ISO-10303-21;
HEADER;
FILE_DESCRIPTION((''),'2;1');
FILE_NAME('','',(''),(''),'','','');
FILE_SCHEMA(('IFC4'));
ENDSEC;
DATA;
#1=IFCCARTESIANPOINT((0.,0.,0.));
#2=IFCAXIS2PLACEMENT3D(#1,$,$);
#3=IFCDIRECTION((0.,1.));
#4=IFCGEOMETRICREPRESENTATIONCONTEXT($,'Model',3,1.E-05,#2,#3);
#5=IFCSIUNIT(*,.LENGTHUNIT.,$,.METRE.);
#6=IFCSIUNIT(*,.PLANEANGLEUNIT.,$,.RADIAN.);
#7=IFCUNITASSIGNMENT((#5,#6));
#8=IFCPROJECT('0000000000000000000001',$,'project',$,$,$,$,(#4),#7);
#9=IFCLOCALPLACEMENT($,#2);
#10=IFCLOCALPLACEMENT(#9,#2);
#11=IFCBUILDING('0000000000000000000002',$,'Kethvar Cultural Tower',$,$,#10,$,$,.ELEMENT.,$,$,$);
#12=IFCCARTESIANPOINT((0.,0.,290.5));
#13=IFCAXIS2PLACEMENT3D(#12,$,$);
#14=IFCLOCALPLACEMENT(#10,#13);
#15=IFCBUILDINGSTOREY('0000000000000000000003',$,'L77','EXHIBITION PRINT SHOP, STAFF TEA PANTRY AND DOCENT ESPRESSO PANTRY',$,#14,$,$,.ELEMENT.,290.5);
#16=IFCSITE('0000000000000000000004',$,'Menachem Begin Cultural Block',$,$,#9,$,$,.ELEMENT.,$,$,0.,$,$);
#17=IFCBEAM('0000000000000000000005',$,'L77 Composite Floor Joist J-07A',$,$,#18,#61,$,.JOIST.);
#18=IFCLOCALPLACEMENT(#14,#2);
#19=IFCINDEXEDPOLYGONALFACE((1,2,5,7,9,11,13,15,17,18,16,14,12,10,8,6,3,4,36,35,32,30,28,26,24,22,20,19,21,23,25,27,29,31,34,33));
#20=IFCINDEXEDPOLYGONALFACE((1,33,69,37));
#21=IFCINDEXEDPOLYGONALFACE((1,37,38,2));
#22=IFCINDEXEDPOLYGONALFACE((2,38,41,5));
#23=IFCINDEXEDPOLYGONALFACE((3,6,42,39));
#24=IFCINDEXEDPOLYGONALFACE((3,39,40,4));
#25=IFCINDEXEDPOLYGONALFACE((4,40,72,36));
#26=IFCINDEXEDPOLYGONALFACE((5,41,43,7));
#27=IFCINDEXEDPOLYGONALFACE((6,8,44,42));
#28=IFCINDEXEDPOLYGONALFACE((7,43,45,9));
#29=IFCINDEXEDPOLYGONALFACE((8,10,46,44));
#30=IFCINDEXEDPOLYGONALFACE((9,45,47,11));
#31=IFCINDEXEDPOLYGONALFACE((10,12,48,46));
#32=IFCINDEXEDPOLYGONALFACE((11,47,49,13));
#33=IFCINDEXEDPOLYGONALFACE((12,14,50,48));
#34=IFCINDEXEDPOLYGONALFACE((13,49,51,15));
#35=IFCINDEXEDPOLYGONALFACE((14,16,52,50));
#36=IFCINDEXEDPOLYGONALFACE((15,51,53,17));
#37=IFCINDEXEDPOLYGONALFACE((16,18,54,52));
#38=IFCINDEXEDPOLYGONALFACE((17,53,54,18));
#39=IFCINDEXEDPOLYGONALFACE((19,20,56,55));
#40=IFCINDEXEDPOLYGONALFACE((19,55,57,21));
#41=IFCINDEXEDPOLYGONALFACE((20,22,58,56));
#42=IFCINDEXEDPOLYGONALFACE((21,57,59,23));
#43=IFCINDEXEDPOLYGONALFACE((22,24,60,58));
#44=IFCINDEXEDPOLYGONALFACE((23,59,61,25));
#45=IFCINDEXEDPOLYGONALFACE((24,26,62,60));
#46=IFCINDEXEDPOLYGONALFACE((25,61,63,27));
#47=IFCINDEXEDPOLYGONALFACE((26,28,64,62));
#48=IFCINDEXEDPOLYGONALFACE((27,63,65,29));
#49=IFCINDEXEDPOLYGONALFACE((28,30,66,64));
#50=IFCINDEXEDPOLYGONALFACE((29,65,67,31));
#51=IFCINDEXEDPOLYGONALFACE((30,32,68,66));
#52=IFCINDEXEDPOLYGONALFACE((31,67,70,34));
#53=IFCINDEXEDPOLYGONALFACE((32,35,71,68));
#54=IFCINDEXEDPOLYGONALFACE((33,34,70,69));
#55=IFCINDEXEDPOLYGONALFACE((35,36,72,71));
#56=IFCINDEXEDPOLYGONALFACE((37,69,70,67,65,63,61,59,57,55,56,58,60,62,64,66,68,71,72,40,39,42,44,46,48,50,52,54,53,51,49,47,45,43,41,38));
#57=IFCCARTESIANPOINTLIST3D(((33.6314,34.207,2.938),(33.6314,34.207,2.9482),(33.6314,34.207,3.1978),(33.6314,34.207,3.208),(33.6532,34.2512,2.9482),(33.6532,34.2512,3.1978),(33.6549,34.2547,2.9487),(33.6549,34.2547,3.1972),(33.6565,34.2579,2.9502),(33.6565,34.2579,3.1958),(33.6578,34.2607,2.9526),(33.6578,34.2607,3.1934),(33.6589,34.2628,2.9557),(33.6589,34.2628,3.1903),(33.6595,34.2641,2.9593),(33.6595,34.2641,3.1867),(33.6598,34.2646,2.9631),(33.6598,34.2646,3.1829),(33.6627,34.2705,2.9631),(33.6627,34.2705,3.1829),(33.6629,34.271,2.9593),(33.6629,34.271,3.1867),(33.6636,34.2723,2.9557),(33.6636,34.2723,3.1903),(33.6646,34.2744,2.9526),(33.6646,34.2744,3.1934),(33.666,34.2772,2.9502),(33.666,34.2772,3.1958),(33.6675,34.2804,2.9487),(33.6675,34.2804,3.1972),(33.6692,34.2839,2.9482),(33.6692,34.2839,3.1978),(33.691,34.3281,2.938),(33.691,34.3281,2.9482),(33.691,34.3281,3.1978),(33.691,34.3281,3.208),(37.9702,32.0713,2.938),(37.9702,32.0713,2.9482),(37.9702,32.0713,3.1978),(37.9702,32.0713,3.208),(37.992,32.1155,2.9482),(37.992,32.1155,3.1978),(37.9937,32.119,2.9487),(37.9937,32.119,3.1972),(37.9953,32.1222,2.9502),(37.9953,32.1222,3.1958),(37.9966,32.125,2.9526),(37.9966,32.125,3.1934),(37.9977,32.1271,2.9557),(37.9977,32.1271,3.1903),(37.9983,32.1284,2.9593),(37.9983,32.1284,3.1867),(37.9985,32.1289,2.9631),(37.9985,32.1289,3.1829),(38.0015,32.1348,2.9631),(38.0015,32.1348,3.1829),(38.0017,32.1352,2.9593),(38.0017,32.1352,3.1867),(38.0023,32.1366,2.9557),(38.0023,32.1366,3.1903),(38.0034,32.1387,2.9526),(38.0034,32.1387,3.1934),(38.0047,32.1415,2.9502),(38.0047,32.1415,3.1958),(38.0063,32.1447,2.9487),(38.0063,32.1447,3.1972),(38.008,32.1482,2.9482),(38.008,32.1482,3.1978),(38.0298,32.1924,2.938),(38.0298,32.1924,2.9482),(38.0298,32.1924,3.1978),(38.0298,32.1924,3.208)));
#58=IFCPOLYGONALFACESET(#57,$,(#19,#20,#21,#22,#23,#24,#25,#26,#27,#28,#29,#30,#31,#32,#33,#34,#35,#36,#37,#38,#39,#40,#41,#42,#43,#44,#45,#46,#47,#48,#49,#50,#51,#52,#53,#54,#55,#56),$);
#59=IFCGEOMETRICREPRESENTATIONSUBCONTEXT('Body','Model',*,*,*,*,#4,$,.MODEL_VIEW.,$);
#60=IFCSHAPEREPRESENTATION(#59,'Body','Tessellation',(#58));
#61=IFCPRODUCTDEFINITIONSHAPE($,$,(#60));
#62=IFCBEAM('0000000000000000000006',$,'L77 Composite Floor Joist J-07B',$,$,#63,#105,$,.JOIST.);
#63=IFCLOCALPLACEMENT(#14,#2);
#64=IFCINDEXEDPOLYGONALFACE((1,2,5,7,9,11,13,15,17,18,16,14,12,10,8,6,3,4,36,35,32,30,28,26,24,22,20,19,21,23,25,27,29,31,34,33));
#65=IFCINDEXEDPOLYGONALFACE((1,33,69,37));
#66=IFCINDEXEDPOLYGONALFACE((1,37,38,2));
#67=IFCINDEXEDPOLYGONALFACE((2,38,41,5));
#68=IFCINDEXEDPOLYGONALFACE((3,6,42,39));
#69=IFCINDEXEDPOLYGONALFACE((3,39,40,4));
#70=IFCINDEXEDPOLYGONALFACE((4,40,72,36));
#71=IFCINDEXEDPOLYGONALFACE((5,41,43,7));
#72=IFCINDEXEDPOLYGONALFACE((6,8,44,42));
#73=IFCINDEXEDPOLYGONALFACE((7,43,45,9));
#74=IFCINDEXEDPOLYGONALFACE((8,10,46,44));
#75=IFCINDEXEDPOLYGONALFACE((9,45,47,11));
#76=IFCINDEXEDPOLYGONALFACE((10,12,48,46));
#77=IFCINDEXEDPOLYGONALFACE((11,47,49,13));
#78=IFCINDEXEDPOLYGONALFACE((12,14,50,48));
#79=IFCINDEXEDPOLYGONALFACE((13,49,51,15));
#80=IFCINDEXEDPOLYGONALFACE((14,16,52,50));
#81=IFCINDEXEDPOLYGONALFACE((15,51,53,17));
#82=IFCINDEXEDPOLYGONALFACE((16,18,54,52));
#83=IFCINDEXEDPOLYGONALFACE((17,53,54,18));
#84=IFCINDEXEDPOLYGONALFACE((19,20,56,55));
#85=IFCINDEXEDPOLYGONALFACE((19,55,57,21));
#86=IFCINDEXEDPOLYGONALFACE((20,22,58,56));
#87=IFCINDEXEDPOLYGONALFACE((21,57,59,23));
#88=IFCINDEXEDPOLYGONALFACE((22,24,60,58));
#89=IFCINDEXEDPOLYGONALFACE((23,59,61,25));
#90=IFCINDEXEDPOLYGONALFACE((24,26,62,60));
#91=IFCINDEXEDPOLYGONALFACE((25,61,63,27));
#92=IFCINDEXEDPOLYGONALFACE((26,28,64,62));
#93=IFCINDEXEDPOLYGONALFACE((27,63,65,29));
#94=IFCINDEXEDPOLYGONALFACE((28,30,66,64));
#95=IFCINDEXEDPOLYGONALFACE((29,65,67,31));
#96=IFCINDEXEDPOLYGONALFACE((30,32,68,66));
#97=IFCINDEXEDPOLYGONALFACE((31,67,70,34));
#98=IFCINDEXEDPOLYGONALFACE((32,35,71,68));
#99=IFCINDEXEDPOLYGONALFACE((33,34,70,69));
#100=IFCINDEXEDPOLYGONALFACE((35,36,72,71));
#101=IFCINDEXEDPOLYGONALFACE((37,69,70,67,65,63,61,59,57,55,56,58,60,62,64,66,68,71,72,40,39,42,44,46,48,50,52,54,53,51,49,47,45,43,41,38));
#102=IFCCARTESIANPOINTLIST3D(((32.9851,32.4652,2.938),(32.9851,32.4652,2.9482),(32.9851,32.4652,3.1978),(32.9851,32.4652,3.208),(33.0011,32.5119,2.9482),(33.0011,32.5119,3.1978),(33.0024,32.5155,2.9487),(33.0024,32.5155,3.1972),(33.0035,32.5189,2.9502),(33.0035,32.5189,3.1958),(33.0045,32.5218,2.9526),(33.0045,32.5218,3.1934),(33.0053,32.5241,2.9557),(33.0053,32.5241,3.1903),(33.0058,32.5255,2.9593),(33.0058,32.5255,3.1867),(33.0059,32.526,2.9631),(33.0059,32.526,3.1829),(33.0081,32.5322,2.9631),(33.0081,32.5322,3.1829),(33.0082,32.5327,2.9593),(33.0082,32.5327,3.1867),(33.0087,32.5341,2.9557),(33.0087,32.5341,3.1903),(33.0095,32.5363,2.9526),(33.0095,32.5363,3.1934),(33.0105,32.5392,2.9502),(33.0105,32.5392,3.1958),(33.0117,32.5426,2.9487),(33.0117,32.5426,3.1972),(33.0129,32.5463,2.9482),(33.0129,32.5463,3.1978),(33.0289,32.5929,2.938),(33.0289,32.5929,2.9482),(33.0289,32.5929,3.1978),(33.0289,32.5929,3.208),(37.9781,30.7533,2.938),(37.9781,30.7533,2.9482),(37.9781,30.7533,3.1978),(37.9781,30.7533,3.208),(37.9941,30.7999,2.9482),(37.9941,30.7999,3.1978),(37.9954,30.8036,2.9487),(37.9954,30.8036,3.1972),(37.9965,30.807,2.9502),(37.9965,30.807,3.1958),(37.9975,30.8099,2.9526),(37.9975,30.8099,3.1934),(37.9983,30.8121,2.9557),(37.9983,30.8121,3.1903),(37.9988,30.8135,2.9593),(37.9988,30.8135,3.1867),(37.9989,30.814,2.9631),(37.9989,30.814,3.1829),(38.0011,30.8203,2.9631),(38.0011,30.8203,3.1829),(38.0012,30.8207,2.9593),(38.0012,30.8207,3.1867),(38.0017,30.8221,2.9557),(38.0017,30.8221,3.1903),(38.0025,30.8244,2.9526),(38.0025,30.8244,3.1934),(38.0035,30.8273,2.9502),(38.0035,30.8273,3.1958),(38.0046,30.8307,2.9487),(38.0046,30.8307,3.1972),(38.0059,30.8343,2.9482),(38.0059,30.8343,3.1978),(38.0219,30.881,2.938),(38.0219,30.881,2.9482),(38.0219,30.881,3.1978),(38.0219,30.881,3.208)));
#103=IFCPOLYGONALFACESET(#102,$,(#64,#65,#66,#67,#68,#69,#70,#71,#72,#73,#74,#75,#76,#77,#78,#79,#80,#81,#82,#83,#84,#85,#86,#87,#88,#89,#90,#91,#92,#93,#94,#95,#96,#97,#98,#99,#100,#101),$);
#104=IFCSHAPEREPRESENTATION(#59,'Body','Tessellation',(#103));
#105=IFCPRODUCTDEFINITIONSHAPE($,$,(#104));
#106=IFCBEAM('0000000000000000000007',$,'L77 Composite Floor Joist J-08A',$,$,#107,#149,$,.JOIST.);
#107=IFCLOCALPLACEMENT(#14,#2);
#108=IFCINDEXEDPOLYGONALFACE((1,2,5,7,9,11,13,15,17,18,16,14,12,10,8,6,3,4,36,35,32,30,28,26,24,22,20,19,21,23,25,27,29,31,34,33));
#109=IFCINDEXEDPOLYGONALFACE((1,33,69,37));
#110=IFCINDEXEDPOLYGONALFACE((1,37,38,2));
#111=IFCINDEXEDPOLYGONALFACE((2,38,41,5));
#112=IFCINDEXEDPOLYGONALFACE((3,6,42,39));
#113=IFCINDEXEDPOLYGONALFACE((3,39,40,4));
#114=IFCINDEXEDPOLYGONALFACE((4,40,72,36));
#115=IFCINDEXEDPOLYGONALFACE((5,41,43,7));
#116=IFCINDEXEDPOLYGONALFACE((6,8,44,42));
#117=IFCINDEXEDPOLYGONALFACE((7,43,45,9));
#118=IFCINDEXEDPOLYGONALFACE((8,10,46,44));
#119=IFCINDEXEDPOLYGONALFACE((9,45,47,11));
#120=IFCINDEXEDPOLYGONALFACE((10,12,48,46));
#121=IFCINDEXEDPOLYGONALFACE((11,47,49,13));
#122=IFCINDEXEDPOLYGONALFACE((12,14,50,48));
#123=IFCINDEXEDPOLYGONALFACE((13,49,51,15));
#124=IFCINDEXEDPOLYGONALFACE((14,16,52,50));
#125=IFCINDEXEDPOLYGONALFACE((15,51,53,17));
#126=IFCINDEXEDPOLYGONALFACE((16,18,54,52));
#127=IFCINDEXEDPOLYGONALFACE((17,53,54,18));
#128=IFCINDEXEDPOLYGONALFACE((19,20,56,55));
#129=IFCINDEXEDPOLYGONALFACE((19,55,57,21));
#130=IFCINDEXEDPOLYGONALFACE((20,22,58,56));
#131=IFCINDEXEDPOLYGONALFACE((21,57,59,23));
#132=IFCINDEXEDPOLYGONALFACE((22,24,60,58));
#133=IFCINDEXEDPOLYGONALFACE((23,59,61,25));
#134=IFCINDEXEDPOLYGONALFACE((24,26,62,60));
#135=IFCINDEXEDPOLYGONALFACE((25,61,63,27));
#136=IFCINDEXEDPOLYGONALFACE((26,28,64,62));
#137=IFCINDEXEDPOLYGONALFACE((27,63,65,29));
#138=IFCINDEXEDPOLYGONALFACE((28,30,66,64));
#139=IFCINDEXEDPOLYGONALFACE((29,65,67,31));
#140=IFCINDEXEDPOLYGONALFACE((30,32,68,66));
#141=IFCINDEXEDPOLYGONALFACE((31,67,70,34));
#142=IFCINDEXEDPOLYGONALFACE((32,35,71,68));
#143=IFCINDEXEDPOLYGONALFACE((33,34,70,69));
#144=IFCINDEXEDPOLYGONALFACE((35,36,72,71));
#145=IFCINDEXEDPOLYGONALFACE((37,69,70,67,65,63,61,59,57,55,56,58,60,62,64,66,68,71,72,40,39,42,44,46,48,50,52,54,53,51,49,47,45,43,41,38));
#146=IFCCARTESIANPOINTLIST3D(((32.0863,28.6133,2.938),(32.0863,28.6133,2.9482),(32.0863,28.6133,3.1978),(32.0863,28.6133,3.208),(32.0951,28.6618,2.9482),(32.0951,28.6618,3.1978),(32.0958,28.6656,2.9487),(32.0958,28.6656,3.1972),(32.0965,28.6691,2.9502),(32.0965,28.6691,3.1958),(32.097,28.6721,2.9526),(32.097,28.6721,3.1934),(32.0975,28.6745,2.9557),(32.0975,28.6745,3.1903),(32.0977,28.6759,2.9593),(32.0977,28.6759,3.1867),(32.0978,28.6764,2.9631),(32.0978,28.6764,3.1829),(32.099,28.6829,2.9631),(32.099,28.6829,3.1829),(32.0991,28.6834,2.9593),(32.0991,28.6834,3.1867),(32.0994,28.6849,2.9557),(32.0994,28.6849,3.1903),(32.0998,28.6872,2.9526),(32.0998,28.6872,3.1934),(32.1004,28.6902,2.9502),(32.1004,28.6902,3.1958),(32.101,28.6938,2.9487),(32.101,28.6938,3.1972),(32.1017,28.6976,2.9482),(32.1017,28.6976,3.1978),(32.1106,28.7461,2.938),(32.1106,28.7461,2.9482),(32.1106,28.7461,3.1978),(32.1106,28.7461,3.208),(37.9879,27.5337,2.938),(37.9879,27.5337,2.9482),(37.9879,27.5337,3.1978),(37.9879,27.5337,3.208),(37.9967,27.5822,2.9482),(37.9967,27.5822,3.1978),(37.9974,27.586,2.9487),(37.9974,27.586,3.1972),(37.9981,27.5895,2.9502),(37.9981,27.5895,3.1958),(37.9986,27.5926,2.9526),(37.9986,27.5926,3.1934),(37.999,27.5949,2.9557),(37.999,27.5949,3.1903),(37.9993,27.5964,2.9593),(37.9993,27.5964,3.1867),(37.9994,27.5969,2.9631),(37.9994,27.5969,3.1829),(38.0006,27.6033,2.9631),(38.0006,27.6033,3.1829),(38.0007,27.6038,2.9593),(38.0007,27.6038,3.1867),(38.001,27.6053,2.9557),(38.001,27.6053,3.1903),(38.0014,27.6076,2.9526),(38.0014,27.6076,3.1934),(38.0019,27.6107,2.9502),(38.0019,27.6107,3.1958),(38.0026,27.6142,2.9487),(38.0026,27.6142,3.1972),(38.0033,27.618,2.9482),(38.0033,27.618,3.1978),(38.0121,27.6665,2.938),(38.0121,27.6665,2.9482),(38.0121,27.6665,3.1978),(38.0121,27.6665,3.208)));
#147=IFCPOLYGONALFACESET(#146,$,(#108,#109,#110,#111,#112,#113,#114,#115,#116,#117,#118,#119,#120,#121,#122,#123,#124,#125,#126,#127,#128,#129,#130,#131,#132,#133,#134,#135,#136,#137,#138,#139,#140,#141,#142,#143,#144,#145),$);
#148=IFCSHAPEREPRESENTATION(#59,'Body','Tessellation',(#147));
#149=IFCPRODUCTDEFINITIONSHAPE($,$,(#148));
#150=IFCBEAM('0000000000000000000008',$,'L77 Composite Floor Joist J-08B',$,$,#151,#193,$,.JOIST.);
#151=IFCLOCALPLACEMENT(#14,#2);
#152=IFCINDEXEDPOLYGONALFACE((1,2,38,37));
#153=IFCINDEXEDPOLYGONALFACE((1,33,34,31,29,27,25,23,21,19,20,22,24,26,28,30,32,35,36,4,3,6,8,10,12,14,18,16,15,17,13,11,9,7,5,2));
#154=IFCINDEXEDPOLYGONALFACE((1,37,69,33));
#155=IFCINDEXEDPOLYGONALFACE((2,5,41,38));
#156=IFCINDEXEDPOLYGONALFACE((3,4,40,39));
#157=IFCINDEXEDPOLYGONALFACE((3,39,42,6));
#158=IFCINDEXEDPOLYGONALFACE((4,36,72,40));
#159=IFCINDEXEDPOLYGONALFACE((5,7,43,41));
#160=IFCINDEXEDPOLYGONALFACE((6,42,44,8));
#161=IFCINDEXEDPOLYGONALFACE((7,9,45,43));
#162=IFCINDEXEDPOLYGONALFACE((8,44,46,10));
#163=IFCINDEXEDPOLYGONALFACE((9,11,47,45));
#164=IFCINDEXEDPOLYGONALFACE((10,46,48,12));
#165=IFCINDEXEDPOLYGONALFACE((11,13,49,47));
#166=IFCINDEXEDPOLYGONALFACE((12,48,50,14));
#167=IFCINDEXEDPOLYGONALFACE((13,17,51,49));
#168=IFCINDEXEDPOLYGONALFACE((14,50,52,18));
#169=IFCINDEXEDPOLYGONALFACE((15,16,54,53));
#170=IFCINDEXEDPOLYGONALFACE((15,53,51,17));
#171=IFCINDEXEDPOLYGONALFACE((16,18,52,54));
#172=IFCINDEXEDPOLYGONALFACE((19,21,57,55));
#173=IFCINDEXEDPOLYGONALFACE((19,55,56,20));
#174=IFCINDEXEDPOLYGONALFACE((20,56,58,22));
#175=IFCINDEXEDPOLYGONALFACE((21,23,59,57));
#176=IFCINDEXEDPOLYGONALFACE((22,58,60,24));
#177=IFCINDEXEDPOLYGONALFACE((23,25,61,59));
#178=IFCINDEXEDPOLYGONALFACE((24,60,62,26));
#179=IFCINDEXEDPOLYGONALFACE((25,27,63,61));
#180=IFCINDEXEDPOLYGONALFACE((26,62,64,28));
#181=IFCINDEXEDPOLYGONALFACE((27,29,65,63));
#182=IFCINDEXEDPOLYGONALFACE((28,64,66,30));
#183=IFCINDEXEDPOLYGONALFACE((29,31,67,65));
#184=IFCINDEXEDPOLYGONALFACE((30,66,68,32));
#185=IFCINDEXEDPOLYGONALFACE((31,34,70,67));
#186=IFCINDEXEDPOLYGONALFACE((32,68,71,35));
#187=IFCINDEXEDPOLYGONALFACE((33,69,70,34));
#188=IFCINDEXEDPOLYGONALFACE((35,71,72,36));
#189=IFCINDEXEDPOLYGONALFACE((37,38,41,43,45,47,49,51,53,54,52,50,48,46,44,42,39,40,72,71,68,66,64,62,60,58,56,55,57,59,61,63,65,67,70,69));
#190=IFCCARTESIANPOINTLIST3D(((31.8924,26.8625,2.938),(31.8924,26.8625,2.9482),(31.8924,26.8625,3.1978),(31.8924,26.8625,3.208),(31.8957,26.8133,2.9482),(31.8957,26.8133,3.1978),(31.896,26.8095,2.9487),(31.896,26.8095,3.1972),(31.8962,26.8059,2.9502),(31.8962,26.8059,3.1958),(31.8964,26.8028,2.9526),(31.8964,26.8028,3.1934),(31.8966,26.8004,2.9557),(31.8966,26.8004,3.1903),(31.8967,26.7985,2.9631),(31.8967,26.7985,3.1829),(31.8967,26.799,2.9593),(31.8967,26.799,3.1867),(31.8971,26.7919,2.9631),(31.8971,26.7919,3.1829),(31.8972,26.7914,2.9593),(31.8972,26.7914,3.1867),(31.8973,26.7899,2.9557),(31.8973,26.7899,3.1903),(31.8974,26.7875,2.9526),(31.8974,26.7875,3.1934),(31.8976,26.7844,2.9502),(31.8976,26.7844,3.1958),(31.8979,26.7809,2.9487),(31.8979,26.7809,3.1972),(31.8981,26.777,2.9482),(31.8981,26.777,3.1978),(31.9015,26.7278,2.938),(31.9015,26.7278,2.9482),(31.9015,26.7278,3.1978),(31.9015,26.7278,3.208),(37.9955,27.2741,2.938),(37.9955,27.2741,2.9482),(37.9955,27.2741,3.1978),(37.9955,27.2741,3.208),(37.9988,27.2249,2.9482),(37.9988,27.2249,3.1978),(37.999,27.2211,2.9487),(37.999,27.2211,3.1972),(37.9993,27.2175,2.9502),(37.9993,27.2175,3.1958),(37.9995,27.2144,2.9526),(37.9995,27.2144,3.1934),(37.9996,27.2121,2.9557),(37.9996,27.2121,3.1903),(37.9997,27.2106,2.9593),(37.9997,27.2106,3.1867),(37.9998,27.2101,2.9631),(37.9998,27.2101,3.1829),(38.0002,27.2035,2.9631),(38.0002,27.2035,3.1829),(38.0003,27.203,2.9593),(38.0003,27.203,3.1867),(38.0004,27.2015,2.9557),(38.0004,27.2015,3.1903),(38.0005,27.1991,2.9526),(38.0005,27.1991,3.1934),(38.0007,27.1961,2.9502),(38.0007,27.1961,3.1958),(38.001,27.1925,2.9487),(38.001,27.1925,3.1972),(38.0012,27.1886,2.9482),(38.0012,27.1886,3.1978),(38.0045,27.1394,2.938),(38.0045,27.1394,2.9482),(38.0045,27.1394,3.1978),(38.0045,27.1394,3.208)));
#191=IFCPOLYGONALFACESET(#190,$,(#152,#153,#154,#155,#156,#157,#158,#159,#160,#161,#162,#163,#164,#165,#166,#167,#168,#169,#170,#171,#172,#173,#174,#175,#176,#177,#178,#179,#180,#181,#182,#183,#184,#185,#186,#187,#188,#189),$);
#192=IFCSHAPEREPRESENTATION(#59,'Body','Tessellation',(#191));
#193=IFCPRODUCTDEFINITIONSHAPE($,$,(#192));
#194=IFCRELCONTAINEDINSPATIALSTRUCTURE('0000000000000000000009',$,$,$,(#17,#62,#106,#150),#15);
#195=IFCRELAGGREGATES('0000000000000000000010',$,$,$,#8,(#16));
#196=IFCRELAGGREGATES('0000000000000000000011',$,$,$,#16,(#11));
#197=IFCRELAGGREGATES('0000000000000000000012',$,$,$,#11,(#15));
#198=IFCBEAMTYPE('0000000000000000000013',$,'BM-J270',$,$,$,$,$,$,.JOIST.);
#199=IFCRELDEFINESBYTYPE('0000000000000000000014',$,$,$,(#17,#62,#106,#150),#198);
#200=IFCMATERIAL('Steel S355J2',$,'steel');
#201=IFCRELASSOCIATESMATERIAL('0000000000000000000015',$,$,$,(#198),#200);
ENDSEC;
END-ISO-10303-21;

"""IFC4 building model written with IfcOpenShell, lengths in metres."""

from ifc_helpers import new_model, si_unit, direction, frame, origin, origin_2d, place, context, subcontext, project, spatial, i_section, extrude, source, transform, mapped, material, material_profile, profile_set, type_object, element, save


model = new_model("IFC4")

# Units and contexts
model_context = context("Model", 3, precision=1e-05, world=origin(), true_north=direction((0.0, 1.0)))
body_context = subcontext(model_context, "Body", "Model", "MODEL_VIEW")
ifc_project = project(units=[si_unit("LENGTHUNIT", "METRE"), si_unit("PLANEANGLEUNIT", "RADIAN")], contexts=[model_context])

# Site, building, storey
site_placement = place(None, origin())
site = spatial("IfcSite", under=ifc_project, at=site_placement, Name="Menachem Begin Cultural Block", CompositionType="ELEMENT", RefElevation=0.0)
building_placement = place(site_placement, origin())
building = spatial("IfcBuilding", under=site, at=building_placement, Name="Kethvar Cultural Tower", CompositionType="ELEMENT")
storey_placement = place(building_placement, frame((0.0, 0.0, 290.5)))
storey = spatial("IfcBuildingStorey", under=building, at=storey_placement, Name="L77", Description="EXHIBITION PRINT SHOP, STAFF TEA PANTRY AND DOCENT ESPRESSO PANTRY", CompositionType="ELEMENT", Elevation=290.5)

# Beams
ifc_material_1 = material(Name="Steel S355J2", Category="steel")
ifc_material_profile_1 = material_profile(ifc_material_1, i_section(OverallWidth=0.135, OverallDepth=0.27, WebThickness=0.0066, FlangeThickness=0.0103, FilletRadius=0.0149, at=origin_2d()), Name="Steel S355J2 — IPE270")
ifc_profile_set_1 = profile_set([ifc_material_profile_1], Name="Steel S355J2 — IPE270")
beam_type_1 = type_object("IfcBeamType", Name="BM-J270", PredefinedType="JOIST", material=ifc_profile_set_1)
shared_shape_1 = source(origin(), body_context, "Body", "SweptSolid", [
    extrude(i_section(OverallWidth=0.135, OverallDepth=0.27, WebThickness=0.0066, FlangeThickness=0.0103, FilletRadius=0.0149, at=origin_2d()), origin(), (0.0, 0.0, 1.0), 4.8359),
])
beam_1_placement = place(storey_placement, frame((38.0, 32.1318, 3.073), z_axis=(-0.897197, 0.441632, 0.0), x_axis=(-0.441632, -0.897197, 0.0)))
element("IfcBeam", 1, at=beam_1_placement, inside=storey, type_object=beam_type_1, Name="L77 Composite Floor Joist J-07A", PredefinedType="JOIST", context=body_context, shape_type="MappedRepresentation", body=[
    mapped(shared_shape_1, transform((0.0, 0.0, 0.0), scale=1.0)),
])
shared_shape_2 = source(origin(), body_context, "Body", "SweptSolid", [
    extrude(i_section(OverallWidth=0.135, OverallDepth=0.27, WebThickness=0.0066, FlangeThickness=0.0103, FilletRadius=0.0149, at=origin_2d()), origin(), (0.0, 0.0, 1.0), 5.2783),
])
beam_2_placement = place(storey_placement, frame((38.0, 30.8171, 3.073), z_axis=(-0.945943, 0.324334, 0.0), x_axis=(-0.324334, -0.945943, 0.0)))
element("IfcBeam", 2, at=beam_2_placement, inside=storey, type_object=beam_type_1, Name="L77 Composite Floor Joist J-07B", PredefinedType="JOIST", context=body_context, shape_type="MappedRepresentation", body=[
    mapped(shared_shape_2, transform((0.0, 0.0, 0.0), scale=1.0)),
])
shared_shape_3 = source(origin(), body_context, "Body", "SweptSolid", [
    extrude(i_section(OverallWidth=0.135, OverallDepth=0.27, WebThickness=0.0066, FlangeThickness=0.0103, FilletRadius=0.0149, at=origin_2d()), origin(), (0.0, 0.0, 1.0), 5.9995),
])
beam_3_placement = place(storey_placement, frame((38.0, 27.6001, 3.073), z_axis=(-0.983677, 0.179945, 0.0), x_axis=(-0.179945, -0.983677, 0.0)))
element("IfcBeam", 3, at=beam_3_placement, inside=storey, type_object=beam_type_1, Name="L77 Composite Floor Joist J-08A", PredefinedType="JOIST", context=body_context, shape_type="MappedRepresentation", body=[
    mapped(shared_shape_3, transform((0.0, 0.0, 0.0), scale=1.0)),
])
shared_shape_4 = source(origin(), body_context, "Body", "SweptSolid", [
    extrude(i_section(OverallWidth=0.135, OverallDepth=0.27, WebThickness=0.0066, FlangeThickness=0.0103, FilletRadius=0.0149, at=origin_2d()), origin(), (0.0, 0.0, 1.0), 6.1169),
])
beam_4_placement = place(storey_placement, frame((38.0, 27.2068, 3.073), z_axis=(-0.997733, -0.067293, 0.0), x_axis=(0.067293, -0.997733, 0.0)))
element("IfcBeam", 4, at=beam_4_placement, inside=storey, type_object=beam_type_1, Name="L77 Composite Floor Joist J-08B", PredefinedType="JOIST", context=body_context, shape_type="MappedRepresentation", body=[
    mapped(shared_shape_4, transform((0.0, 0.0, 0.0), scale=1.0)),
])

save(model, "model.ifc")
